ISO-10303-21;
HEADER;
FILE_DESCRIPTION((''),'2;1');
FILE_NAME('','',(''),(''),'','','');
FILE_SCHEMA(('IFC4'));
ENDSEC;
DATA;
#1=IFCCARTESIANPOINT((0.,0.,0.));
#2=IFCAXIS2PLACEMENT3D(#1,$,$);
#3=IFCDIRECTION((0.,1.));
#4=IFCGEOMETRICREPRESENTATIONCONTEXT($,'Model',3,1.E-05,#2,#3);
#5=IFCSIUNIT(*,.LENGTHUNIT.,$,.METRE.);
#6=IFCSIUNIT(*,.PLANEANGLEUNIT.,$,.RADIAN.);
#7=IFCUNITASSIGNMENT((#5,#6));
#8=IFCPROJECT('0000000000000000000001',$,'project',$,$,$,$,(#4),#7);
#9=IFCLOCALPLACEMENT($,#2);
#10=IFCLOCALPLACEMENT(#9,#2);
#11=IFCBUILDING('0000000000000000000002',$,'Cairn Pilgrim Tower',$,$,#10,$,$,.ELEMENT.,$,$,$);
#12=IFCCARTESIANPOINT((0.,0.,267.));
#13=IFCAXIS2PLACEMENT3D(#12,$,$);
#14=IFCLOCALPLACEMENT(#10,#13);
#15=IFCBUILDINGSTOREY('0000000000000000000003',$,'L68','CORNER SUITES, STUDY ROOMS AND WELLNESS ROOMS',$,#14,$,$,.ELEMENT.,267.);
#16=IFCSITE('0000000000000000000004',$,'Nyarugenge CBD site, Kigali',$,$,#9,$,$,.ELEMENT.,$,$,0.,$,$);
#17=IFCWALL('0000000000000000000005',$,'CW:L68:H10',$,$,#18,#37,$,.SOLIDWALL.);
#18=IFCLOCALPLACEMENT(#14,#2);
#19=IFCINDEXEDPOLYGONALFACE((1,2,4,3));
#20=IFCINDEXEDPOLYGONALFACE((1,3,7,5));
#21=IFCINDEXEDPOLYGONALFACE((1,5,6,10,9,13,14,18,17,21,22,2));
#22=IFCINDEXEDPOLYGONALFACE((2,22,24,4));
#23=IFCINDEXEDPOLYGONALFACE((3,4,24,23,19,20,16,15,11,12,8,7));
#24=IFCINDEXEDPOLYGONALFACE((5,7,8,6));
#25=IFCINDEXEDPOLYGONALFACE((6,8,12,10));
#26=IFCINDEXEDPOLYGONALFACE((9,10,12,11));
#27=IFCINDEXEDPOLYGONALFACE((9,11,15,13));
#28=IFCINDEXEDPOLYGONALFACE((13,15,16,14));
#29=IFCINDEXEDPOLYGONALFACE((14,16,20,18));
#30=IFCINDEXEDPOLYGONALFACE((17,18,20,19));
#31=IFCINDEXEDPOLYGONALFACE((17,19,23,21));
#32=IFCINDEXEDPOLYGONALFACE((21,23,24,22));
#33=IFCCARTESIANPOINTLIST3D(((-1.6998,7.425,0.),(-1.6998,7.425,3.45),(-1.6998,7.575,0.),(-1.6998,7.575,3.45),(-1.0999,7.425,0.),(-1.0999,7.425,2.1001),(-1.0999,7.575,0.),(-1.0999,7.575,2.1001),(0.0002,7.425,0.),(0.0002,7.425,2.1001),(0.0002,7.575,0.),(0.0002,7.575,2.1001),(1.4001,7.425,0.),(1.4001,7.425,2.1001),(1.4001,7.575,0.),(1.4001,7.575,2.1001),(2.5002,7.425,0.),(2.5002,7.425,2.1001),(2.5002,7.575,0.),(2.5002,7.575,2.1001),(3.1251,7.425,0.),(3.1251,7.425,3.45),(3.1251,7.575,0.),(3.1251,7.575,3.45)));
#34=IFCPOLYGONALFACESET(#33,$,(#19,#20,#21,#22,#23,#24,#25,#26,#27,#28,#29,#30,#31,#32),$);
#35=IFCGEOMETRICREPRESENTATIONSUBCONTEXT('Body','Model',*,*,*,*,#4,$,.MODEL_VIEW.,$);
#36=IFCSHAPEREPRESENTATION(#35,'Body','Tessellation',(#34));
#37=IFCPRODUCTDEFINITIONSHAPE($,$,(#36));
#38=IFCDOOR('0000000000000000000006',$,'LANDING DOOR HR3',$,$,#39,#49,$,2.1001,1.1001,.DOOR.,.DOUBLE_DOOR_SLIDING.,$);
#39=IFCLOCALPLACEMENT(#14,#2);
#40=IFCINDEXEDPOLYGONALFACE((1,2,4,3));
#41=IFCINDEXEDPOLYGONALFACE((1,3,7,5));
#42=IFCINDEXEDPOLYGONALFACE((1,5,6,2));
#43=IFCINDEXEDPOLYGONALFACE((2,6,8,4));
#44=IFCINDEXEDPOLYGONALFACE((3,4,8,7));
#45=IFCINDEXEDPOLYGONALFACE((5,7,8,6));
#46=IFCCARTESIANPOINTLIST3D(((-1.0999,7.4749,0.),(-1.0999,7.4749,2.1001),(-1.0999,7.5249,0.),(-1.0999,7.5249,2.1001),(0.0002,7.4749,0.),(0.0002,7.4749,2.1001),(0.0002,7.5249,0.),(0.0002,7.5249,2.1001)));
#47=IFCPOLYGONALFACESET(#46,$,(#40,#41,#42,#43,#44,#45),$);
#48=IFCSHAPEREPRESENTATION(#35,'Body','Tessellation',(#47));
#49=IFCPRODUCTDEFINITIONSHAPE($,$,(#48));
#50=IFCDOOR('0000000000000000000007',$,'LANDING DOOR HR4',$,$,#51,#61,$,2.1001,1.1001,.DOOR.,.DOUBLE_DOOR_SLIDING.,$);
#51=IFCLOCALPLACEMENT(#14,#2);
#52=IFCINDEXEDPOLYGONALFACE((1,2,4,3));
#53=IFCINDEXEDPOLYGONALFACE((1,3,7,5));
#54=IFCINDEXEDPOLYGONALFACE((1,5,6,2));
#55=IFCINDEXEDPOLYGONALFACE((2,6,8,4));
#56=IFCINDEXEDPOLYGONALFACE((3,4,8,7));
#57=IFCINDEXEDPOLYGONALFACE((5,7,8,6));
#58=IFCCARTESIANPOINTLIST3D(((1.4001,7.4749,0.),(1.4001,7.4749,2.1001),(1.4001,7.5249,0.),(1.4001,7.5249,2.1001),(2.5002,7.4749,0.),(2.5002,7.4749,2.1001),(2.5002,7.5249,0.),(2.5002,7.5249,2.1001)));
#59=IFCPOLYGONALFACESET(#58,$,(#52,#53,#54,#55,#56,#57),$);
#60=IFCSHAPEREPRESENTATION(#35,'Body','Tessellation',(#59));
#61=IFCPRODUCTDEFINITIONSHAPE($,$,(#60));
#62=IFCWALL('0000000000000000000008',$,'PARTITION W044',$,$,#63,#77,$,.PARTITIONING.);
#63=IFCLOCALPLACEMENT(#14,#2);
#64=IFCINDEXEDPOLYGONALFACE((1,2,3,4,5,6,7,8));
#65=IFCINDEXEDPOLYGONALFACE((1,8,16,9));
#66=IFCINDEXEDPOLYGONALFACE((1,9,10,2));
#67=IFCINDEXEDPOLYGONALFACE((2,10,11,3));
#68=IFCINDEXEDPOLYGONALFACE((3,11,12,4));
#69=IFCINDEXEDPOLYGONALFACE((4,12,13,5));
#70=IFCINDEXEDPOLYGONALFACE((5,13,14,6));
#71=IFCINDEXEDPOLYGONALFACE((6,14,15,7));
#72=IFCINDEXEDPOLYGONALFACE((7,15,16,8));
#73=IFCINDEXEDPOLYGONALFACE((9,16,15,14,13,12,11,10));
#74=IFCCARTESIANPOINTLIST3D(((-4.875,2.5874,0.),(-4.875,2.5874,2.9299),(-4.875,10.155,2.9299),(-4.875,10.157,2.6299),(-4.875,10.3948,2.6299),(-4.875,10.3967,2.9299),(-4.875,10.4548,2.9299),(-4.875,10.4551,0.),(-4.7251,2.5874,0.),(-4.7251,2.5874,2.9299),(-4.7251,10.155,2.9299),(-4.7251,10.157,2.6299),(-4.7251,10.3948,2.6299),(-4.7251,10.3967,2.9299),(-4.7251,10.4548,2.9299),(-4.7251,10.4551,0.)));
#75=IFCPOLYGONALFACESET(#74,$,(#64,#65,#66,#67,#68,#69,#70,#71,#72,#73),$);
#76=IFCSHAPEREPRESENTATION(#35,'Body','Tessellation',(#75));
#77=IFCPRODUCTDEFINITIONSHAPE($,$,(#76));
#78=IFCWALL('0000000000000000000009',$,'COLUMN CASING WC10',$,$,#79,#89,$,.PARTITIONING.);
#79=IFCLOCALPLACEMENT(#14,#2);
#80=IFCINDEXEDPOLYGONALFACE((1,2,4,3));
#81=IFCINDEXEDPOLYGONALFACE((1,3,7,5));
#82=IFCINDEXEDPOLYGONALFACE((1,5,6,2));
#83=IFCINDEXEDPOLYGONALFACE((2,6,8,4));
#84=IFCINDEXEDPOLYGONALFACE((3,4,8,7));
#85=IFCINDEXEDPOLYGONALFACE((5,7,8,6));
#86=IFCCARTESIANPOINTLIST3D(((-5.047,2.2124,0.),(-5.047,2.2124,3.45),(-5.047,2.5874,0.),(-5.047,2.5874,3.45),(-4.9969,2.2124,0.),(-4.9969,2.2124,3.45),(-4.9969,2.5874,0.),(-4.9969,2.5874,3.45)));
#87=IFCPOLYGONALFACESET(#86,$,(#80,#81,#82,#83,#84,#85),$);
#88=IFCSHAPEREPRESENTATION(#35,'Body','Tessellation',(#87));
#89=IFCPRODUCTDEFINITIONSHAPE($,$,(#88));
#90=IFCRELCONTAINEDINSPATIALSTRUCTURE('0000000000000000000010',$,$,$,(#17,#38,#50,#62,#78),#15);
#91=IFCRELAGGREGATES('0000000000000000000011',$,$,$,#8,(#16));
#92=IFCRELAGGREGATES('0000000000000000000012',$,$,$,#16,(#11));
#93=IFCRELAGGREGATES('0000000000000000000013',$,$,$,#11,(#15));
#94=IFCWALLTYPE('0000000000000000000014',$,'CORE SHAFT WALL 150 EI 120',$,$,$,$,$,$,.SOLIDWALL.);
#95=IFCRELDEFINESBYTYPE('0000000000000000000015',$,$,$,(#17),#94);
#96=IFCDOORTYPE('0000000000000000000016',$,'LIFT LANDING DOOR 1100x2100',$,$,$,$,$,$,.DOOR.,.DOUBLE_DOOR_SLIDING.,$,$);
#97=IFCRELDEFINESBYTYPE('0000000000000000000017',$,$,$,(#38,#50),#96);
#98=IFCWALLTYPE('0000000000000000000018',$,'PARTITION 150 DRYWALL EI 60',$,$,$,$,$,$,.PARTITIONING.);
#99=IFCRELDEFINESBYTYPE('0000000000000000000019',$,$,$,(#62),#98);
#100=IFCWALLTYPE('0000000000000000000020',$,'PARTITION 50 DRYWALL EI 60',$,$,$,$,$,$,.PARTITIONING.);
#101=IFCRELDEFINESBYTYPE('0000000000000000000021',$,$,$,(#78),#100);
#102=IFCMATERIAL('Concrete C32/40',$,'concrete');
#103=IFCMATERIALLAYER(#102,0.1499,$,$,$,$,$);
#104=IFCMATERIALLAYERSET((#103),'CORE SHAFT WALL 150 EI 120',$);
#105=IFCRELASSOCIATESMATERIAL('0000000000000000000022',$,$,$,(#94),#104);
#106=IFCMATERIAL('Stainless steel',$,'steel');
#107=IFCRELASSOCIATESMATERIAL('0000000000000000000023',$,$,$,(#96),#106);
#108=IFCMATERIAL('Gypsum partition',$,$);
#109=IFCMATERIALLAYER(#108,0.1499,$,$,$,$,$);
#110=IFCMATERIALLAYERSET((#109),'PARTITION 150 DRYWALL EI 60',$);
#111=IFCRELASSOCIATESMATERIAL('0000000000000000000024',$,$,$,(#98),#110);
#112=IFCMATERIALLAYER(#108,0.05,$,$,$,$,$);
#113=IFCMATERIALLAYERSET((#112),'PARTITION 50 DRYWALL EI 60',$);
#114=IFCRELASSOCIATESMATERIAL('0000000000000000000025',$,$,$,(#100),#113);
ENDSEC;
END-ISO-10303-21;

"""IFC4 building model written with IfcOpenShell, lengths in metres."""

from ifc_helpers import new_model, si_unit, direction, frame, frame_2d, origin, place, context, subcontext, project, spatial, polyline, rectangle, outline, extrude, material, layer, layer_set, type_object, element, fill, save


model = new_model("IFC4")

# Units and contexts
model_context = context("Model", 3, precision=1e-05, world=origin(), true_north=direction((0.0, 1.0)))
body_context = subcontext(model_context, "Body", "Model", "MODEL_VIEW")
ifc_project = project(units=[si_unit("LENGTHUNIT", "METRE"), si_unit("PLANEANGLEUNIT", "RADIAN")], contexts=[model_context])

# Site, building, storey
site_placement = place(None, origin())
site = spatial("IfcSite", under=ifc_project, at=site_placement, Name="Nyarugenge CBD site, Kigali", CompositionType="ELEMENT", RefElevation=0.0)
building_placement = place(site_placement, origin())
building = spatial("IfcBuilding", under=site, at=building_placement, Name="Cairn Pilgrim Tower", CompositionType="ELEMENT")
storey_placement = place(building_placement, frame((0.0, 0.0, 267.0)))
storey = spatial("IfcBuildingStorey", under=building, at=storey_placement, Name="L68", Description="CORNER SUITES, STUDY ROOMS AND WELLNESS ROOMS", CompositionType="ELEMENT", Elevation=267.0)

# Shared definitions
ifc_material_1 = material(Name="Concrete C32/40", Category="concrete")

# Shared definitions
ifc_layer_1 = layer(ifc_material_1, 0.1499)
ifc_layer_set_1 = layer_set([ifc_layer_1], Name="CORE SHAFT WALL 150 EI 120")
wall_type_1 = type_object("IfcWallType", Name="CORE SHAFT WALL 150 EI 120", PredefinedType="SOLIDWALL", material=ifc_layer_set_1)

# Wall, openings, doors
ifc_material_2 = material(Name="Stainless steel", Category="steel")
door_type = type_object("IfcDoorType", Name="LIFT LANDING DOOR 1100x2100", OperationType="DOUBLE_DOOR_SLIDING", PredefinedType="DOOR", material=ifc_material_2)
wall_1_placement = place(storey_placement, frame((-1.7, 7.5, 0.0), z_axis=(0.0, 0.0, 1.0), x_axis=(1.0, 0.0, 0.0)))
wall_1 = element("IfcWall", 1, at=wall_1_placement, inside=storey, type_object=wall_type_1, Name="CW:L68:H10", PredefinedType="SOLIDWALL", context=body_context, shape_type="SweptSolid", body=[
    extrude(rectangle(XDim=4.825, YDim=0.1499, at=frame_2d((2.4126, 0.0))), origin(), (0.0, 0.0, 1.0), 3.45),
])
opening_1_placement = place(wall_1_placement, frame((0.6001, 0.0, 0.0)))
opening_1 = element("IfcOpeningElement", 2, at=opening_1_placement, cuts=wall_1, PredefinedType="OPENING", context=body_context, shape_type="SweptSolid", body=[
    extrude(rectangle(XDim=1.1001, YDim=2.1001, at=frame_2d((0.55, 1.05))), frame((0.0, 0.085, 0.0), z_axis=(0.0, -1.0, 0.0), x_axis=(1.0, 0.0, 0.0)), (0.0, 0.0, 1.0), 0.1699),
])
opening_2_placement = place(wall_1_placement, frame((3.1001, 0.0, 0.0)))
opening_2 = element("IfcOpeningElement", 3, at=opening_2_placement, cuts=wall_1, PredefinedType="OPENING", context=body_context, shape_type="SweptSolid", body=[
    extrude(rectangle(XDim=1.1001, YDim=2.1001, at=frame_2d((0.55, 1.05))), frame((0.0, 0.085, 0.0), z_axis=(0.0, -1.0, 0.0), x_axis=(1.0, 0.0, 0.0)), (0.0, 0.0, 1.0), 0.1699),
])
door_1_placement = place(opening_1_placement, origin())
door_1 = element("IfcDoor", 4, at=door_1_placement, inside=storey, type_object=door_type, Name="LANDING DOOR HR3", OperationType="DOUBLE_DOOR_SLIDING", OverallHeight=2.1001, OverallWidth=1.1001, PredefinedType="DOOR", context=body_context, shape_type="SweptSolid", body=[
    extrude(rectangle(XDim=1.1001, YDim=2.1001, at=frame_2d((0.55, 1.05))), frame((0.0, 0.0249, 0.0), z_axis=(0.0, -1.0, 0.0), x_axis=(1.0, 0.0, 0.0)), (0.0, 0.0, 1.0), 0.05),
])
fill(opening_1, door_1)
door_2_placement = place(opening_2_placement, origin())
door_2 = element("IfcDoor", 5, at=door_2_placement, inside=storey, type_object=door_type, Name="LANDING DOOR HR4", OperationType="DOUBLE_DOOR_SLIDING", OverallHeight=2.1001, OverallWidth=1.1001, PredefinedType="DOOR", context=body_context, shape_type="SweptSolid", body=[
    extrude(rectangle(XDim=1.1001, YDim=2.1001, at=frame_2d((0.55, 1.05))), frame((0.0, 0.0249, 0.0), z_axis=(0.0, -1.0, 0.0), x_axis=(1.0, 0.0, 0.0)), (0.0, 0.0, 1.0), 0.05),
])
fill(opening_2, door_2)

# Walls
ifc_material_3 = material(Name="Gypsum partition")
ifc_layer_2 = layer(ifc_material_3, 0.1499)
ifc_layer_set_2 = layer_set([ifc_layer_2], Name="PARTITION 150 DRYWALL EI 60")
wall_type_2 = type_object("IfcWallType", Name="PARTITION 150 DRYWALL EI 60", PredefinedType="PARTITIONING", material=ifc_layer_set_2)
wall_2_placement = place(storey_placement, frame((-4.8, 2.5874, 0.0), z_axis=(0.0, 0.0, 1.0), x_axis=(0.0, 1.0, 0.0)))
element("IfcWall", 6, at=wall_2_placement, inside=storey, type_object=wall_type_2, Name="PARTITION W044", PredefinedType="PARTITIONING", context=body_context, shape_type="SweptSolid", body=[
    extrude(outline(polyline([(0.0, 0.0), (7.8677, 0.0), (7.8674, 2.9299), (7.8093, 2.9299), (7.8074, 2.6299), (7.5696, 2.6299), (7.5676, 2.9299), (0.0, 2.9299), (0.0, 0.0)])), frame((0.0, 0.075, 0.0), z_axis=(0.0, -1.0, 0.0), x_axis=(1.0, 0.0, 0.0)), (0.0, 0.0, 1.0), 0.1499),
])
ifc_layer_3 = layer(ifc_material_3, 0.05)
ifc_layer_set_3 = layer_set([ifc_layer_3], Name="PARTITION 50 DRYWALL EI 60")
wall_type_3 = type_object("IfcWallType", Name="PARTITION 50 DRYWALL EI 60", PredefinedType="PARTITIONING", material=ifc_layer_set_3)
wall_3_placement = place(storey_placement, frame((-5.022, 2.2124, 0.0), z_axis=(0.0, 0.0, 1.0), x_axis=(0.0, 1.0, 0.0)))
element("IfcWall", 7, at=wall_3_placement, inside=storey, type_object=wall_type_3, Name="COLUMN CASING WC10", PredefinedType="PARTITIONING", context=body_context, shape_type="SweptSolid", body=[
    extrude(rectangle(XDim=0.375, YDim=0.05, at=frame_2d((0.1875, 0.0))), origin(), (0.0, 0.0, 1.0), 3.45),
])

save(model, "model.ifc")
